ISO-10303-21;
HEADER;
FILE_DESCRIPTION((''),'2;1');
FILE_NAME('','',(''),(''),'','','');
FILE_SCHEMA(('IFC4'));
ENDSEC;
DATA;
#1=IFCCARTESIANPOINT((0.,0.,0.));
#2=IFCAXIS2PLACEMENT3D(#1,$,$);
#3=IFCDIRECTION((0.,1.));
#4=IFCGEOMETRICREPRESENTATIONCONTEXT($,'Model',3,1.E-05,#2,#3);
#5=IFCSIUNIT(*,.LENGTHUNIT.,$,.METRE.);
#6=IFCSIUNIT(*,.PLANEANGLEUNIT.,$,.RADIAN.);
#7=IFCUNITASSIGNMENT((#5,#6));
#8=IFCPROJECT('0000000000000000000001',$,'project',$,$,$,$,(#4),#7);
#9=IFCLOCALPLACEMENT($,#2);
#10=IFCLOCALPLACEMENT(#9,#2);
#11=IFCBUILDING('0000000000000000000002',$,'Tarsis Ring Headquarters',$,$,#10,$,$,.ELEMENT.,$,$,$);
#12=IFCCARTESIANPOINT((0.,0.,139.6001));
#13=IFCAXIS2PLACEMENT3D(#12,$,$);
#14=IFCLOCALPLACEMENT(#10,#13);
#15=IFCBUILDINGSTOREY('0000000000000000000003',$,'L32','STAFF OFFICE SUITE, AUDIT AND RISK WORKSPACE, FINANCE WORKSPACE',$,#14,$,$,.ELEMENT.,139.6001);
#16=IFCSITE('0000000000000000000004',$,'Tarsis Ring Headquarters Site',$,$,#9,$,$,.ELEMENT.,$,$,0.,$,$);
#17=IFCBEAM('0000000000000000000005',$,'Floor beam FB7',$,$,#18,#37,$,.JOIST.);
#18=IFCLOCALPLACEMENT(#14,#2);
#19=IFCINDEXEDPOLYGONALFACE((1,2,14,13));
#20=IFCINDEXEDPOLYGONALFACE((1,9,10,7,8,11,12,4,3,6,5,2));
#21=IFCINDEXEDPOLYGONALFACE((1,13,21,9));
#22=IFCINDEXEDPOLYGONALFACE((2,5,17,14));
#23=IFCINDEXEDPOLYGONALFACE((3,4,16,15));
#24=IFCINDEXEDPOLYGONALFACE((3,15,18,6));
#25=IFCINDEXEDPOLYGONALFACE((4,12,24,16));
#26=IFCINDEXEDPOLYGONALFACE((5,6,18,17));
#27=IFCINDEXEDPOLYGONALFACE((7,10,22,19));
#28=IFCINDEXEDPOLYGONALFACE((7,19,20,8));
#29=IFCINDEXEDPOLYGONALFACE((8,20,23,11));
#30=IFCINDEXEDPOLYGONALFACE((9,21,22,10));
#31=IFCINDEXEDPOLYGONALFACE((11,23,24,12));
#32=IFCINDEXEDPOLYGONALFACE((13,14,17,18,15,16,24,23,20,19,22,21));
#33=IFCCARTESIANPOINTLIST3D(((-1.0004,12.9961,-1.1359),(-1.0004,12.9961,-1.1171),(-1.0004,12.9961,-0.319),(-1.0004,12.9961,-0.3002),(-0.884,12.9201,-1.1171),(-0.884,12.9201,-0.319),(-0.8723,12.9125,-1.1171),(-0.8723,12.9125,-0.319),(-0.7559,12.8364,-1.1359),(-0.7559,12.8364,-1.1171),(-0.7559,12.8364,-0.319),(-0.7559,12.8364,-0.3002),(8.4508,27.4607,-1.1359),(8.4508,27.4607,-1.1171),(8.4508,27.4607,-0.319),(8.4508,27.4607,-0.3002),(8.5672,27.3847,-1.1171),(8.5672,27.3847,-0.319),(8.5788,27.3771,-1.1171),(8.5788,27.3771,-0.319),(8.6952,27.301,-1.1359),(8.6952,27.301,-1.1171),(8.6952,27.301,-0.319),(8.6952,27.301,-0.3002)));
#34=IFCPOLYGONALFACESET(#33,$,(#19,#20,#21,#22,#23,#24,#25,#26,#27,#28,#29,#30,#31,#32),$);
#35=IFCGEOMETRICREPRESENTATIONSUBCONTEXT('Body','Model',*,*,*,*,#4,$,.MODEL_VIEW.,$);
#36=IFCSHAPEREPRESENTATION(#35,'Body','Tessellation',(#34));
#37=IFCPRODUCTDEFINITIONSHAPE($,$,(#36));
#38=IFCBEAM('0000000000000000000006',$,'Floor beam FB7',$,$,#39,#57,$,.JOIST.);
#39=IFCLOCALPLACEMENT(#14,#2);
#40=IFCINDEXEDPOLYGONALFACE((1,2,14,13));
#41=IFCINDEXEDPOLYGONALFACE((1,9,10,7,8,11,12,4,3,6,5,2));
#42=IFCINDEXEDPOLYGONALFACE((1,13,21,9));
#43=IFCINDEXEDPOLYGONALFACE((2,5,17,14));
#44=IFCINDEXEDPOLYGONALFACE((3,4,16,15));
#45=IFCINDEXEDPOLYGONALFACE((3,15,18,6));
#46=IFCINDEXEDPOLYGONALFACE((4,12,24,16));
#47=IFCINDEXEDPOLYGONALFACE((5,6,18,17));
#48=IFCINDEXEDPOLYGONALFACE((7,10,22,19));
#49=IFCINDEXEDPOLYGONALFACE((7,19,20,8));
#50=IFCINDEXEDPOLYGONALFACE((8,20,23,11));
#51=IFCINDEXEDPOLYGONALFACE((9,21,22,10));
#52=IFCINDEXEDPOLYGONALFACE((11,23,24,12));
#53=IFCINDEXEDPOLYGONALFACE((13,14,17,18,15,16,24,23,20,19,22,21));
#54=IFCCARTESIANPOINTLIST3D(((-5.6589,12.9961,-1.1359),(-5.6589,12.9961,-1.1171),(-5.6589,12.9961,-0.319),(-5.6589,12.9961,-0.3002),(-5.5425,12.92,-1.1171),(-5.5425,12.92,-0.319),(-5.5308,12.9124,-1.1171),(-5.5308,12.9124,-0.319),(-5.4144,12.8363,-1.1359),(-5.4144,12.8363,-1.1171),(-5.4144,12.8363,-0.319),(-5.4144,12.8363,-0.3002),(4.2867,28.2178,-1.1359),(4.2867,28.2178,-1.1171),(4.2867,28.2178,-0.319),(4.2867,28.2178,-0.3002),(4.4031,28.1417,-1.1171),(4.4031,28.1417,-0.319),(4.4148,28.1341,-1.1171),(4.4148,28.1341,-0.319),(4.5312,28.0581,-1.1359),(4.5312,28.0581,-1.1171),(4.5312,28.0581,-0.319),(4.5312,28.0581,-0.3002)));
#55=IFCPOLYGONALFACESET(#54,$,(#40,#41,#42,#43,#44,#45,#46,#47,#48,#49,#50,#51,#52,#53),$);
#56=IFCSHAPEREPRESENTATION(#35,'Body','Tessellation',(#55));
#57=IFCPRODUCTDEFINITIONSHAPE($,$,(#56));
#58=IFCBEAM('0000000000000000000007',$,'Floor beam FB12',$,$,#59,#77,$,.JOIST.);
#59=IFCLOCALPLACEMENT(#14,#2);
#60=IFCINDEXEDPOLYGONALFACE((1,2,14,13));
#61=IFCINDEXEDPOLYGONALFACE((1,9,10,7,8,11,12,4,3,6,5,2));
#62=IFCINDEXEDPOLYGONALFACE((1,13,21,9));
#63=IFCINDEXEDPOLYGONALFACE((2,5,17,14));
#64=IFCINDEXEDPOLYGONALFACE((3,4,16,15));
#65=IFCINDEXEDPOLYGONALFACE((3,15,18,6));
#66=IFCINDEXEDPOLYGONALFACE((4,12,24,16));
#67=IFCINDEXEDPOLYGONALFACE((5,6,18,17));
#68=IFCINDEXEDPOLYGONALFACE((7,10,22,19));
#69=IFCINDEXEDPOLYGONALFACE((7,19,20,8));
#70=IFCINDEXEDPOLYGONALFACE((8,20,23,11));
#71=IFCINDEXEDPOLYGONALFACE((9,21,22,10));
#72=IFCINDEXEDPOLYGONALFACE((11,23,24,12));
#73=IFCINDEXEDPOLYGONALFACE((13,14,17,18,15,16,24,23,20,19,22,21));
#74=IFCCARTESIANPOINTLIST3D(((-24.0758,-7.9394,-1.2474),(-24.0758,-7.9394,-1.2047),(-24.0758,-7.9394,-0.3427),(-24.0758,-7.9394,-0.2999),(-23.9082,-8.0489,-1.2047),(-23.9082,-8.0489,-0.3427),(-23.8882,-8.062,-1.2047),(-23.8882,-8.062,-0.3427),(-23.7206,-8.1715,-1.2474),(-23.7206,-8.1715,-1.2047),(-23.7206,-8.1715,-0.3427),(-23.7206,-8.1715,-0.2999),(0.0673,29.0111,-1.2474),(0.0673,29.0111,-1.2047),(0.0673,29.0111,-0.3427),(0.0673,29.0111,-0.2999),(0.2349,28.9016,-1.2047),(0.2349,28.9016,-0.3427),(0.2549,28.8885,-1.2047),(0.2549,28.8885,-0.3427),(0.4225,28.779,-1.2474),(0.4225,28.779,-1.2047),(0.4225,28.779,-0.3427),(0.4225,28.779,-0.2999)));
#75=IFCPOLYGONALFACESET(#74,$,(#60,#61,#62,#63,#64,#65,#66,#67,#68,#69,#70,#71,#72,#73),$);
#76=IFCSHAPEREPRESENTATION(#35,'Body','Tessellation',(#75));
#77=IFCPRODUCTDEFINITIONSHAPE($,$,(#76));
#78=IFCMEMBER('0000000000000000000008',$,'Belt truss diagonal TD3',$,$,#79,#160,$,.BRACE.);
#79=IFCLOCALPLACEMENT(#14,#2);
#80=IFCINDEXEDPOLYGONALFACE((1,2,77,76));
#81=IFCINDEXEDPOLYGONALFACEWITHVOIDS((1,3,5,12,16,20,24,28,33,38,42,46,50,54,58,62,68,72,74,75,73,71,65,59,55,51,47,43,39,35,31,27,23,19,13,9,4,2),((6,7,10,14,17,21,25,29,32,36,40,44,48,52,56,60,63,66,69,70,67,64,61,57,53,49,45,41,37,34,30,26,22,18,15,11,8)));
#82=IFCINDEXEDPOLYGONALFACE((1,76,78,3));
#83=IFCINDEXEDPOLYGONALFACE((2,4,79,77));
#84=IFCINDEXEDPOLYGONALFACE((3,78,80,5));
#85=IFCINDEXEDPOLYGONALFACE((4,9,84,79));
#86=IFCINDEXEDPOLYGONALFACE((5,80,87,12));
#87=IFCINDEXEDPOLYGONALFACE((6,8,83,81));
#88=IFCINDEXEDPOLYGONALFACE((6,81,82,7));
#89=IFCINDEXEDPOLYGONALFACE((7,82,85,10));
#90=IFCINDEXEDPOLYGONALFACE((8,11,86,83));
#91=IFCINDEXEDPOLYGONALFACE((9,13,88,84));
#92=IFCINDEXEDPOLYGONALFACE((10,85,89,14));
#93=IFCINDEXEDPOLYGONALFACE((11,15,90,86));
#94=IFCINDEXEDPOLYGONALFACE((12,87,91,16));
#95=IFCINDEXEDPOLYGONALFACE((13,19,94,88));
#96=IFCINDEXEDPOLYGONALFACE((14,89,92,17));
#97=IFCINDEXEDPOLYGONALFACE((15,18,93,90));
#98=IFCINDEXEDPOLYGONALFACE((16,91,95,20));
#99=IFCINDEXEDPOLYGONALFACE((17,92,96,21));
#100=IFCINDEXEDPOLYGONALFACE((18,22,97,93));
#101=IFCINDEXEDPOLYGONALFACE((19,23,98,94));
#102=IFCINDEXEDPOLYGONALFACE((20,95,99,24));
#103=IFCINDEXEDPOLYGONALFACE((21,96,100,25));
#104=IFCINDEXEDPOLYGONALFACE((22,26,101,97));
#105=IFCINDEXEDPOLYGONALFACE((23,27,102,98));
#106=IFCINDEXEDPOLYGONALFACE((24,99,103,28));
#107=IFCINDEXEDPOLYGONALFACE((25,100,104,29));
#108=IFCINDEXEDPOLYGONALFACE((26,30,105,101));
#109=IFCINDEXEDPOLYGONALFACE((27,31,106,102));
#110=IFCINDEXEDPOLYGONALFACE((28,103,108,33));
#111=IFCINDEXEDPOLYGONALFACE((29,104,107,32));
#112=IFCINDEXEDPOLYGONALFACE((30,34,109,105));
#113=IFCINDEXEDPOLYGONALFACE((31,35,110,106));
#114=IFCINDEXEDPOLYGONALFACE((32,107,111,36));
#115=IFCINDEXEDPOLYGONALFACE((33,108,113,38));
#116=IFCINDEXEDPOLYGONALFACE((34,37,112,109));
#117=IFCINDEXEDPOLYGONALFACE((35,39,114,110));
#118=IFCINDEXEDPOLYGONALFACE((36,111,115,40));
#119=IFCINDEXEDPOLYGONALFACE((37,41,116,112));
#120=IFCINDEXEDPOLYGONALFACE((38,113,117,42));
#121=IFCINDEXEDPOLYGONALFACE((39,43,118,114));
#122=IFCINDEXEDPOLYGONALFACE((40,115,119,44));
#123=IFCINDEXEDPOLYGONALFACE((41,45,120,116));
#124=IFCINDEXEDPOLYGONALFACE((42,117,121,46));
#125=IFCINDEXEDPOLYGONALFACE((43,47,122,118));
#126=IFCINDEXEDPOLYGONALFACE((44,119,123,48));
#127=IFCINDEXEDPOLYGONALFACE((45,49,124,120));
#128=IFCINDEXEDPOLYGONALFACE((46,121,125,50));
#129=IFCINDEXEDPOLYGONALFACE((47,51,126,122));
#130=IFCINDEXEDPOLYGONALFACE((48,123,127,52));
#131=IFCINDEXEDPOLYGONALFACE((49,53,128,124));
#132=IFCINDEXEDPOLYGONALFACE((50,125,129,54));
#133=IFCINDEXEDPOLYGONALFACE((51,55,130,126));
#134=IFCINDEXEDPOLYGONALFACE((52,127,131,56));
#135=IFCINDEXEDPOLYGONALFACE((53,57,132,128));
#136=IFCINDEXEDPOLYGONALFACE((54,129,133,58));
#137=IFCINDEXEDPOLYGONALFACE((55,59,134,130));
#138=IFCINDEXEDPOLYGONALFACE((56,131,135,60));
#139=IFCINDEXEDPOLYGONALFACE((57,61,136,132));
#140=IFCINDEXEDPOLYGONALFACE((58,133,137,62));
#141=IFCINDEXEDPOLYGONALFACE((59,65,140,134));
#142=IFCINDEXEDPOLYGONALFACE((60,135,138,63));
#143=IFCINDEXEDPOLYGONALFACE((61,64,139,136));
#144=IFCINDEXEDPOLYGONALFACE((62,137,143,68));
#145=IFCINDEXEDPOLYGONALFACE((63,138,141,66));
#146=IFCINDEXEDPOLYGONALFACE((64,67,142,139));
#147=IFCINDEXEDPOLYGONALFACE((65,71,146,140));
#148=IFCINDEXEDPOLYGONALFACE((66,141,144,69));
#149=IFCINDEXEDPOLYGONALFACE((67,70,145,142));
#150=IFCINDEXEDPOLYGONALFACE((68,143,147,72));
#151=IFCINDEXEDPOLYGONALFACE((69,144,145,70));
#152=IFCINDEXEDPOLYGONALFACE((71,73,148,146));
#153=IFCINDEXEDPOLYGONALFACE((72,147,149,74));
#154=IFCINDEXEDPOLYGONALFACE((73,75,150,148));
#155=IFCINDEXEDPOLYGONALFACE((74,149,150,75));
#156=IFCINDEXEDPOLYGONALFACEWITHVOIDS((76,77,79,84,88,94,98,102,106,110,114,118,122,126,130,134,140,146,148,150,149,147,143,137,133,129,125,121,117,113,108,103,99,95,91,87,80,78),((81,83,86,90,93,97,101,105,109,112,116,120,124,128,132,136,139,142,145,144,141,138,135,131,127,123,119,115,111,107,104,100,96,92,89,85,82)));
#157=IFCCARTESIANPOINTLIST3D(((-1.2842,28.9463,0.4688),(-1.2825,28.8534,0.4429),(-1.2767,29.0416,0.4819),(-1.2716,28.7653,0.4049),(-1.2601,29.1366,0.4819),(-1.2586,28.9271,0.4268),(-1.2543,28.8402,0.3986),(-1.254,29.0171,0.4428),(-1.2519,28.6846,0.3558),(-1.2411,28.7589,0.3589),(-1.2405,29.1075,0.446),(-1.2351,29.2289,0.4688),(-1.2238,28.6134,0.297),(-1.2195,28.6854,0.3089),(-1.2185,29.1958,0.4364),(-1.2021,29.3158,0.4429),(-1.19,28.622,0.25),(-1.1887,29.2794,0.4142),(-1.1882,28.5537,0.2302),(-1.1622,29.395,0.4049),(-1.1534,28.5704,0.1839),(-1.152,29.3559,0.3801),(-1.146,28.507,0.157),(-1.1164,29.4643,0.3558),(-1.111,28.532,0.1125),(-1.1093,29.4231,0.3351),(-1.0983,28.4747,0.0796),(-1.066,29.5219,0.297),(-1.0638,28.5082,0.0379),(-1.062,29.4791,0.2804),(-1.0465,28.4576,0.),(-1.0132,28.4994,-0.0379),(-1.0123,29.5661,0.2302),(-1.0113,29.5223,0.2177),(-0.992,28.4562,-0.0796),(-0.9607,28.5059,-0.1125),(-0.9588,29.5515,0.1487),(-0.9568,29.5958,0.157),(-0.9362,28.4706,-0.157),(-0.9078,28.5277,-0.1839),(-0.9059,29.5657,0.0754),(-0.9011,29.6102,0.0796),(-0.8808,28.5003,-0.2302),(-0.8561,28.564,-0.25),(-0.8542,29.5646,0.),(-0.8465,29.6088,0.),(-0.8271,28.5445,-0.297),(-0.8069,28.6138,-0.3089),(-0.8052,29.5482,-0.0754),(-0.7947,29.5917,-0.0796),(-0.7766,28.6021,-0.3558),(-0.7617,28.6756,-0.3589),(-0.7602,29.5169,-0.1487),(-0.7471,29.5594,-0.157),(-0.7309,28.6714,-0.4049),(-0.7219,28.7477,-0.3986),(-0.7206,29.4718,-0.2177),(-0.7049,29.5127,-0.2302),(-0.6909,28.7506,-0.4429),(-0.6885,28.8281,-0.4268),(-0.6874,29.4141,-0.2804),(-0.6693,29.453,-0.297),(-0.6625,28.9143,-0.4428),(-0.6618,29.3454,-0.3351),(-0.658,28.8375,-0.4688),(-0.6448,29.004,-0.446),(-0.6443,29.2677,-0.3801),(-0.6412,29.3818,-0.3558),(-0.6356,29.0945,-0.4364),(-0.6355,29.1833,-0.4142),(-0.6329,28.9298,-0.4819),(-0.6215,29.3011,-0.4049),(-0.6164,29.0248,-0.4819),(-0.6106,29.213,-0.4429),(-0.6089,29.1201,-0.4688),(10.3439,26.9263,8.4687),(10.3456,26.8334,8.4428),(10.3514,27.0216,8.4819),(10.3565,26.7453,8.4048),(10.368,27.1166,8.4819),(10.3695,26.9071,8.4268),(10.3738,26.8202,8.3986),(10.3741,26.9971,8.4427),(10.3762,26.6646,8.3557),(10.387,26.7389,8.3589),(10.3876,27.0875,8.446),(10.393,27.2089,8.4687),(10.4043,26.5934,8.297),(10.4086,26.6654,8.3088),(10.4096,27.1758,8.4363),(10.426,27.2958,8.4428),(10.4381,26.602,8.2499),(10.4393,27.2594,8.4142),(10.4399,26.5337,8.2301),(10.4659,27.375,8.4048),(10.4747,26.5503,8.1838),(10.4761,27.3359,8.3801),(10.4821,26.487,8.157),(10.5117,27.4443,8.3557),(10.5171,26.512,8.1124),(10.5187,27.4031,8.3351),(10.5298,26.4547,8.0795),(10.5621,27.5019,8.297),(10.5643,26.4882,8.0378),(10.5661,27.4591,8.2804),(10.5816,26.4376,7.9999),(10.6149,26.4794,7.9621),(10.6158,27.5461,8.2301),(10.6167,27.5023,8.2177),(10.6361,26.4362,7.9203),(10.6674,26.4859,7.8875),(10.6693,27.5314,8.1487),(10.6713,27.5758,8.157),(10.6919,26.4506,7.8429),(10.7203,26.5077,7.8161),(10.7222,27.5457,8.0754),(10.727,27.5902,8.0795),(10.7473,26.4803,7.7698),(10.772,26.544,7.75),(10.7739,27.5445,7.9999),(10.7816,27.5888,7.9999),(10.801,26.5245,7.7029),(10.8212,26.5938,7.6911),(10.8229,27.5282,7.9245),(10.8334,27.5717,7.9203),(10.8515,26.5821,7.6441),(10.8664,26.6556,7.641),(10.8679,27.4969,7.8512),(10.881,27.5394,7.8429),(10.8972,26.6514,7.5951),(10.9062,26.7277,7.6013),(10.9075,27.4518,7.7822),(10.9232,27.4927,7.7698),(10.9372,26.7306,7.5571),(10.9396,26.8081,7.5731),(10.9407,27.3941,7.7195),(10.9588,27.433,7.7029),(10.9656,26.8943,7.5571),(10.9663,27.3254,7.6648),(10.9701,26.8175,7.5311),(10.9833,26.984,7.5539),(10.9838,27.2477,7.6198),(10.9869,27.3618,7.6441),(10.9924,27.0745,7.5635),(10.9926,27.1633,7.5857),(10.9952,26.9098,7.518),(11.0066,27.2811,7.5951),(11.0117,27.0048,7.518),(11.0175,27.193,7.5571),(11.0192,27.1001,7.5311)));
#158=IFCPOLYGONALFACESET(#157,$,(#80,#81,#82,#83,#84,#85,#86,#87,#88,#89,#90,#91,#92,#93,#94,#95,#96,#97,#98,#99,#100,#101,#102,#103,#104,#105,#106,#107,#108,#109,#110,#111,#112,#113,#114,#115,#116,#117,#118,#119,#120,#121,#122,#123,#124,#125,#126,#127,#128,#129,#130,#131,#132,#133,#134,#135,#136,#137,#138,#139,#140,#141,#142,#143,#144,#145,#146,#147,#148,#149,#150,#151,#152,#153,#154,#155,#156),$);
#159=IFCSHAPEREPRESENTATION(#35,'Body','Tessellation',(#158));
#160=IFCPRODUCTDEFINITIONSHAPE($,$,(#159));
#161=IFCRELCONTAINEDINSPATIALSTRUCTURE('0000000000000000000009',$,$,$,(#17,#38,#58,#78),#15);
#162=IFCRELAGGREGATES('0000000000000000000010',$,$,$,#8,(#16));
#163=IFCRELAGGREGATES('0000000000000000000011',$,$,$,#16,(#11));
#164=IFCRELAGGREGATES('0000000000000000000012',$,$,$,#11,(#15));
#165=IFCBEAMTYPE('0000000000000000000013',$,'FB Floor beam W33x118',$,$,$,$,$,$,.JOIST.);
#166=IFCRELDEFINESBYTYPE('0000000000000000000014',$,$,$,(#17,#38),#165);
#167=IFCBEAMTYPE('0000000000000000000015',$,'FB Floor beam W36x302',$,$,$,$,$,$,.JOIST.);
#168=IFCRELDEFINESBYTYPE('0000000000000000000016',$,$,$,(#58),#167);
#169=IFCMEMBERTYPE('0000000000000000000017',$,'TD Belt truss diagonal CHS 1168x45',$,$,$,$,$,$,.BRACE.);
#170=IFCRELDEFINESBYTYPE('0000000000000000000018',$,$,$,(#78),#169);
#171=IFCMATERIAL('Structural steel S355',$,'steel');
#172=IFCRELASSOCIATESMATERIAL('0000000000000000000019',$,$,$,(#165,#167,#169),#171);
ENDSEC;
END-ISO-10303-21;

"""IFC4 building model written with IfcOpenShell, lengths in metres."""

from ifc_helpers import new_model, si_unit, direction, frame, origin, origin_2d, place, context, subcontext, project, spatial, hollow_circle, i_section, extrude, material, material_profile, profile_set, type_object, element, save


model = new_model("IFC4")

# Units and contexts
model_context = context("Model", 3, precision=1e-05, world=origin(), true_north=direction((0.0, 1.0)))
body_context = subcontext(model_context, "Body", "Model", "MODEL_VIEW")
ifc_project = project(units=[si_unit("LENGTHUNIT", "METRE"), si_unit("PLANEANGLEUNIT", "RADIAN")], contexts=[model_context])

# Site, building, storey
site_placement = place(None, origin())
site = spatial("IfcSite", under=ifc_project, at=site_placement, Name="Tarsis Ring Headquarters Site", CompositionType="ELEMENT", RefElevation=0.0)
building_placement = place(site_placement, origin())
building = spatial("IfcBuilding", under=site, at=building_placement, Name="Tarsis Ring Headquarters", CompositionType="ELEMENT")
storey_placement = place(building_placement, frame((0.0, 0.0, 139.6001)))
storey = spatial("IfcBuildingStorey", under=building, at=storey_placement, Name="L32", Description="STAFF OFFICE SUITE, AUDIT AND RISK WORKSPACE, FINANCE WORKSPACE", CompositionType="ELEMENT", Elevation=139.6001)

# Shared definitions
ifc_material_1 = material(Name="Structural steel S355", Category="steel")
ifc_material_profile_1 = material_profile(ifc_material_1, hollow_circle(Radius=0.5842, WallThickness=0.0449, at=origin_2d()), Name="CHS 1168x45")
ifc_profile_set_1 = profile_set([ifc_material_profile_1], Name="Structural steel S355")

# Beams
ifc_material_profile_2 = material_profile(ifc_material_1, i_section(OverallWidth=0.292, OverallDepth=0.8357, WebThickness=0.0139, FlangeThickness=0.0188, at=origin_2d()), Name="W33x118")
ifc_profile_set_2 = profile_set([ifc_material_profile_2], Name="Structural steel S355")
beam_type_1 = type_object("IfcBeamType", Name="FB Floor beam W33x118", PredefinedType="JOIST", material=ifc_profile_set_2)
beam_1_placement = place(storey_placement, frame((8.573, 27.3809, -0.718), z_axis=(-0.546988, -0.837141, 0.0), x_axis=(0.837141, -0.546988, 0.0)))
element("IfcBeam", 1, at=beam_1_placement, inside=storey, type_object=beam_type_1, Name="Floor beam FB7", PredefinedType="JOIST", context=body_context, shape_type="SweptSolid", body=[
    extrude(i_section(OverallWidth=0.292, OverallDepth=0.8357, WebThickness=0.0139, FlangeThickness=0.0188, at=origin_2d()), origin(), (0.0, 0.0, 1.0), 17.2786),
])
beam_2_placement = place(storey_placement, frame((4.4089, 28.1379, -0.718), z_axis=(-0.546977, -0.837148, 0.0), x_axis=(0.837148, -0.546977, 0.0)))
element("IfcBeam", 2, at=beam_2_placement, inside=storey, type_object=beam_type_1, Name="Floor beam FB7", PredefinedType="JOIST", context=body_context, shape_type="SweptSolid", body=[
    extrude(i_section(OverallWidth=0.292, OverallDepth=0.8357, WebThickness=0.0139, FlangeThickness=0.0188, at=origin_2d()), origin(), (0.0, 0.0, 1.0), 18.1829),
])
ifc_material_profile_3 = material_profile(ifc_material_1, i_section(OverallWidth=0.4243, OverallDepth=0.9475, WebThickness=0.0239, FlangeThickness=0.0427, at=origin_2d()), Name="W36x302")
ifc_profile_set_3 = profile_set([ifc_material_profile_3], Name="Structural steel S355")
beam_type_2 = type_object("IfcBeamType", Name="FB Floor beam W36x302", PredefinedType="JOIST", material=ifc_profile_set_3)
beam_3_placement = place(storey_placement, frame((0.2449, 28.895, -0.7737), z_axis=(-0.546982, -0.837144, 0.0), x_axis=(0.837144, -0.546982, 0.0)))
element("IfcBeam", 3, at=beam_3_placement, inside=storey, type_object=beam_type_2, Name="Floor beam FB12", PredefinedType="JOIST", context=body_context, shape_type="SweptSolid", body=[
    extrude(i_section(OverallWidth=0.4243, OverallDepth=0.9475, WebThickness=0.0239, FlangeThickness=0.0427, at=origin_2d()), origin(), (0.0, 0.0, 1.0), 44.1387),
])

# Member
member_type_1 = type_object("IfcMemberType", Name="TD Belt truss diagonal CHS 1168x45", PredefinedType="BRACE", material=ifc_profile_set_1)
member_1_placement = place(storey_placement, frame((-0.9465, 29.0332, 0.0), z_axis=(0.815546, -0.141675, 0.561083), x_axis=(0.171154, 0.985244, 0.0)))
element("IfcMember", 4, at=member_1_placement, inside=storey, type_object=member_type_1, Name="Belt truss diagonal TD3", PredefinedType="BRACE", context=body_context, shape_type="SweptSolid", body=[
    extrude(hollow_circle(Radius=0.5842, WallThickness=0.0449, at=origin_2d()), origin(), (0.0, 0.0, 1.0), 14.2581),
])

save(model, "model.ifc")
